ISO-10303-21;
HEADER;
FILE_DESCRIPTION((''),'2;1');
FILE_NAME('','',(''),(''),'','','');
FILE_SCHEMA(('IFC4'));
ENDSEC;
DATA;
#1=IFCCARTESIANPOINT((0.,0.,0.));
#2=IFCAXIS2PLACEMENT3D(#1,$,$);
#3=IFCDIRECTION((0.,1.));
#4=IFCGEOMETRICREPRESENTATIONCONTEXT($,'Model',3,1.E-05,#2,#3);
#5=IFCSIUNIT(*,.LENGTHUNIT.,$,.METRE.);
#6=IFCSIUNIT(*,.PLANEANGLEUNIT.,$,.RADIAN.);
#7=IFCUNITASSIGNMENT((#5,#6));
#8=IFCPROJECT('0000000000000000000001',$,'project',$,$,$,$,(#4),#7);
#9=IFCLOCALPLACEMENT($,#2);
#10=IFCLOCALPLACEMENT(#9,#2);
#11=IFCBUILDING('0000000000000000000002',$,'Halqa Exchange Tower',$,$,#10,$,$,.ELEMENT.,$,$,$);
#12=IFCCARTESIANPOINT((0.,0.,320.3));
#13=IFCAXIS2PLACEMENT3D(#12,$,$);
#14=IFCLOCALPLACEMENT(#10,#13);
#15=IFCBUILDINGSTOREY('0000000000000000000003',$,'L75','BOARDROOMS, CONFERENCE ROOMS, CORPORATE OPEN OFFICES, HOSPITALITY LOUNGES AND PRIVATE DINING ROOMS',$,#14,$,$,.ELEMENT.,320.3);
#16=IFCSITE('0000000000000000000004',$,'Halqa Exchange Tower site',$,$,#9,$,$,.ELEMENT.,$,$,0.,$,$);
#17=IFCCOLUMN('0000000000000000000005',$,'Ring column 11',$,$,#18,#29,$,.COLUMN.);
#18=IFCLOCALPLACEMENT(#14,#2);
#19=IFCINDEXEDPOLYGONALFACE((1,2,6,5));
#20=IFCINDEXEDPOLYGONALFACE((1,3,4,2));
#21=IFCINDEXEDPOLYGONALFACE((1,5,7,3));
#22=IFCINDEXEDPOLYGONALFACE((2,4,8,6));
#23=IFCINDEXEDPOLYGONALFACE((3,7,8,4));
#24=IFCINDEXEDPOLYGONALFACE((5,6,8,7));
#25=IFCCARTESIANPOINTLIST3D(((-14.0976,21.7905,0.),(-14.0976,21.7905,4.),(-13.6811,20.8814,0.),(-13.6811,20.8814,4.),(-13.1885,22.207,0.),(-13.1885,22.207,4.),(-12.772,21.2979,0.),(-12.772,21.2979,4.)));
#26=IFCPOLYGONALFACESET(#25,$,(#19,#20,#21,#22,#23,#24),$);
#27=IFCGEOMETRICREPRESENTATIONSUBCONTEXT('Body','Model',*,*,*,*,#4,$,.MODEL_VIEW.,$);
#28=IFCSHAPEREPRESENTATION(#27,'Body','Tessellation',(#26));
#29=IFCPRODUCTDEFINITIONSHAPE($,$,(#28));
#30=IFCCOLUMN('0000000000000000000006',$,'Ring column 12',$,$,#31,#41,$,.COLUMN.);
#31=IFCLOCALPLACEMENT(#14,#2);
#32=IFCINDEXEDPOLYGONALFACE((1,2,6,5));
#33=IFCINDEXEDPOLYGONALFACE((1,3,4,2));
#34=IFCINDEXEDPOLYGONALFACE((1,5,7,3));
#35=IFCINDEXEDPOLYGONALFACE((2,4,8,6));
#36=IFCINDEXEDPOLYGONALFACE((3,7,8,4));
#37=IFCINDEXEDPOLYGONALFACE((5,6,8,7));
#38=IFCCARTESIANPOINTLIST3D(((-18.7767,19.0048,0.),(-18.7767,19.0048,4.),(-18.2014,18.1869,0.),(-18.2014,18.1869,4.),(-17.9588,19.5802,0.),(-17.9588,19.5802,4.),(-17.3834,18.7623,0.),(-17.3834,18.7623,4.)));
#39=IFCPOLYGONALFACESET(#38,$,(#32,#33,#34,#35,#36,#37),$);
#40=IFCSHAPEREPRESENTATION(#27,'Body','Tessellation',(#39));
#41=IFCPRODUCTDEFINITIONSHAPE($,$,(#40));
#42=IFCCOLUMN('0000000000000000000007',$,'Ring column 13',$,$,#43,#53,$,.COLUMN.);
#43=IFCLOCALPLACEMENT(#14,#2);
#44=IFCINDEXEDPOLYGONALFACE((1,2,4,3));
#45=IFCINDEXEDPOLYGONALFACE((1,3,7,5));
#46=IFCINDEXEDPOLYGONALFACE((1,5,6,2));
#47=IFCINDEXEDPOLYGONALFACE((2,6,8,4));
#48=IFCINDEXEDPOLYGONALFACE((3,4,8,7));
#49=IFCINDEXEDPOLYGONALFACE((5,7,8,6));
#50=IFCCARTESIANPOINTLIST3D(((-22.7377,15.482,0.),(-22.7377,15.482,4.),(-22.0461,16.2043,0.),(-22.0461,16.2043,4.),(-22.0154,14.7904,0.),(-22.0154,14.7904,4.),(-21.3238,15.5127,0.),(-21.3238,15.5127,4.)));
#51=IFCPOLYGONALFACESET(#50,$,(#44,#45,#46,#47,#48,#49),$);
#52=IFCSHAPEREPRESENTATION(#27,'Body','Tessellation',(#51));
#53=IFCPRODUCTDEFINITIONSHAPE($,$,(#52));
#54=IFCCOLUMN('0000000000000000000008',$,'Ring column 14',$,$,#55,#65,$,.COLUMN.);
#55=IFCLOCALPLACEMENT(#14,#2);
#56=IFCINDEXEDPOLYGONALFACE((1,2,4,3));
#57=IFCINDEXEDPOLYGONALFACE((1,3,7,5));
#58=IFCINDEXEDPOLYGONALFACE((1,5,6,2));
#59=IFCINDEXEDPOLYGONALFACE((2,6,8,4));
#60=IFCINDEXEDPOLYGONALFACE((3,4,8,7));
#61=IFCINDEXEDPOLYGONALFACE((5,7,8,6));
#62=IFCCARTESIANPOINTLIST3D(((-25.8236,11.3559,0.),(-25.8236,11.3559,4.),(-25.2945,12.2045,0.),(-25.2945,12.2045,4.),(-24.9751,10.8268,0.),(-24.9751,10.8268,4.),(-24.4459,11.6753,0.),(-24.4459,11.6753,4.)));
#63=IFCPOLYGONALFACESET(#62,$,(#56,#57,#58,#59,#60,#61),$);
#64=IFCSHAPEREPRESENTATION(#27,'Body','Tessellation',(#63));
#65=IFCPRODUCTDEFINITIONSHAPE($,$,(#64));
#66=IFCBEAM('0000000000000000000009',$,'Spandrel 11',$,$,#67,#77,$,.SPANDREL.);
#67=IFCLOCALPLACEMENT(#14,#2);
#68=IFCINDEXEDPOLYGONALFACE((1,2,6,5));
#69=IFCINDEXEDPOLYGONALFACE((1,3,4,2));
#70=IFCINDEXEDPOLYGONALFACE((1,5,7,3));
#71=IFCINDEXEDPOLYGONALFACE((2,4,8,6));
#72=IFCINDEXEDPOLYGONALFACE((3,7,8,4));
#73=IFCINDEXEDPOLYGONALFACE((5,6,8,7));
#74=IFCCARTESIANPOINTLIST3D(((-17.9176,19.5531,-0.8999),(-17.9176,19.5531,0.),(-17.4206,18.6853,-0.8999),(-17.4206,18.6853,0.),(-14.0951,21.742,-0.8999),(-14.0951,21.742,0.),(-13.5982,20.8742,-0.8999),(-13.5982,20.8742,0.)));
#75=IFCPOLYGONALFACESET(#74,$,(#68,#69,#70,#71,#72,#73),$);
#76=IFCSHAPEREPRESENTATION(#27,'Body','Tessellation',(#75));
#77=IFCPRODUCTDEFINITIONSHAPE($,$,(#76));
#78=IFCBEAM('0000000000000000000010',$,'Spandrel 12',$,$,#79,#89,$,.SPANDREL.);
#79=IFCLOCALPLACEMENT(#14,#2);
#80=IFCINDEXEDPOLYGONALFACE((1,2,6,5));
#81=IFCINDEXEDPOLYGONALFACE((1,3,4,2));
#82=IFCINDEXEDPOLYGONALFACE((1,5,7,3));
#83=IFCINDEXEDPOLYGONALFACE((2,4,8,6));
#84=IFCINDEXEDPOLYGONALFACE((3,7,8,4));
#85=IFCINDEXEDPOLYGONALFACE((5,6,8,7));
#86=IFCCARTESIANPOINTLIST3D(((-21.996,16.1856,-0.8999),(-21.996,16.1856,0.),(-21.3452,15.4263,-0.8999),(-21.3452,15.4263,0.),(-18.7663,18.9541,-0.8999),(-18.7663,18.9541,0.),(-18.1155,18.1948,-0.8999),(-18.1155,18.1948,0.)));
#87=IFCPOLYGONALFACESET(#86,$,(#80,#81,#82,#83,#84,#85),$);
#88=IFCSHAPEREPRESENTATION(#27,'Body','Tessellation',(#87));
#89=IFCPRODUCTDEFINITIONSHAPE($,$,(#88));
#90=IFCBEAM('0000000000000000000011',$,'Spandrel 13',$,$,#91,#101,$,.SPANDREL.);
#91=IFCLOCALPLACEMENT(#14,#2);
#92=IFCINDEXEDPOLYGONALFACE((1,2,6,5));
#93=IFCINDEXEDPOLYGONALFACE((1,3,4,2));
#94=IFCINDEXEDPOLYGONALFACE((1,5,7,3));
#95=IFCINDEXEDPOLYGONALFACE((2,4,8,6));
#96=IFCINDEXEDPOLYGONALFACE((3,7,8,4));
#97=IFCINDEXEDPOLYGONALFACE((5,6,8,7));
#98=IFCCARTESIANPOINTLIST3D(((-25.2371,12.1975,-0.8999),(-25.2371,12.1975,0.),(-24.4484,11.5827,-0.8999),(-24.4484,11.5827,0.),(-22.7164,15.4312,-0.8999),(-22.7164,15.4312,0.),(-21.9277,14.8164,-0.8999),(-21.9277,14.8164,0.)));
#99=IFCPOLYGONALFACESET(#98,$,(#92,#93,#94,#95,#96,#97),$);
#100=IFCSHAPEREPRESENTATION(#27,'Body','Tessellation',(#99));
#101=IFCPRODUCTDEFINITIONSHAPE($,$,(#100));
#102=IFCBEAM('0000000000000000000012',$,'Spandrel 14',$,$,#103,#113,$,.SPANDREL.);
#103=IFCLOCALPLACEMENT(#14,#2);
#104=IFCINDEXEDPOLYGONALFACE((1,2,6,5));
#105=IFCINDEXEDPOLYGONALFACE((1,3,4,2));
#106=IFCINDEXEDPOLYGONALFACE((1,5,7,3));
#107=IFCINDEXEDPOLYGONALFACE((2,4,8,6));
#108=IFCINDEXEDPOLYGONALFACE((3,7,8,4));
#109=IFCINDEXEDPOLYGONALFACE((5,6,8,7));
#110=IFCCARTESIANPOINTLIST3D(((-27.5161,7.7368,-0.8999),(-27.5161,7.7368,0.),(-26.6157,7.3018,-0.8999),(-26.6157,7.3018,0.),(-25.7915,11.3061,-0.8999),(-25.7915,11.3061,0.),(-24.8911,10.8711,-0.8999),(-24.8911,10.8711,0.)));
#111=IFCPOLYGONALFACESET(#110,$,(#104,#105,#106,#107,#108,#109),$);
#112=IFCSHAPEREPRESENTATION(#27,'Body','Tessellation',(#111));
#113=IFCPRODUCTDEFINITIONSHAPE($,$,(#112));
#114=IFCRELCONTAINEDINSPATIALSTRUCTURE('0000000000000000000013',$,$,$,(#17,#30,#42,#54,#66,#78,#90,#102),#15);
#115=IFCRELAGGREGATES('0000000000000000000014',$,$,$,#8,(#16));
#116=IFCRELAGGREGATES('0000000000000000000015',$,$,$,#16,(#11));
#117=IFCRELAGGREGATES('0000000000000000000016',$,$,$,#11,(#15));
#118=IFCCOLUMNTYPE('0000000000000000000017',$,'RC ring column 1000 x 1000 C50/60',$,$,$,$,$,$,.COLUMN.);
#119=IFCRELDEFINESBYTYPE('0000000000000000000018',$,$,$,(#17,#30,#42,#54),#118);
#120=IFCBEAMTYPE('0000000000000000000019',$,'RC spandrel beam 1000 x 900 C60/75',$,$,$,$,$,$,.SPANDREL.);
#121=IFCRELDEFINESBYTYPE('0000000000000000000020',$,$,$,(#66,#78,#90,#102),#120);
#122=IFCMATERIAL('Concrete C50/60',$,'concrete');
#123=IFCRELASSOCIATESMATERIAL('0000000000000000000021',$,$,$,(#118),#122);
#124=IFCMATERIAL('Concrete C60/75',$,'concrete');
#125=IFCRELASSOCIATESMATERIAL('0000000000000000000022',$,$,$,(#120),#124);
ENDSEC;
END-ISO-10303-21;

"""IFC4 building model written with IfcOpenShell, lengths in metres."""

from ifc_helpers import new_model, si_unit, direction, frame, origin, origin_2d, place, context, subcontext, project, spatial, rectangle, extrude, material, material_profile, profile_set, type_object, element, save


model = new_model("IFC4")

# Units and contexts
model_context = context("Model", 3, precision=1e-05, world=origin(), true_north=direction((0.0, 1.0)))
body_context = subcontext(model_context, "Body", "Model", "MODEL_VIEW")
ifc_project = project(units=[si_unit("LENGTHUNIT", "METRE"), si_unit("PLANEANGLEUNIT", "RADIAN")], contexts=[model_context])

# Site, building, storey
site_placement = place(None, origin())
site = spatial("IfcSite", under=ifc_project, at=site_placement, Name="Halqa Exchange Tower site", CompositionType="ELEMENT", RefElevation=0.0)
building_placement = place(site_placement, origin())
building = spatial("IfcBuilding", under=site, at=building_placement, Name="Halqa Exchange Tower", CompositionType="ELEMENT")
storey_placement = place(building_placement, frame((0.0, 0.0, 320.3)))
storey = spatial("IfcBuildingStorey", under=building, at=storey_placement, Name="L75", Description="BOARDROOMS, CONFERENCE ROOMS, CORPORATE OPEN OFFICES, HOSPITALITY LOUNGES AND PRIVATE DINING ROOMS", CompositionType="ELEMENT", Elevation=320.3)

# Columns
ifc_material_1 = material(Name="Concrete C50/60", Category="concrete")
ifc_material_profile_1 = material_profile(ifc_material_1, rectangle(XDim=1.0, YDim=1.0, at=origin_2d()), Name="1000 x 1000")
ifc_profile_set_1 = profile_set([ifc_material_profile_1], Name="Concrete C50/60")
column_type = type_object("IfcColumnType", Name="RC ring column 1000 x 1000 C50/60", PredefinedType="COLUMN", material=ifc_profile_set_1)
for number, where, z_axis, x_axis, name in (
    (1, (-13.4348, 21.5442, 0.0), (0.0, 0.0, 1.0), (-0.909129, -0.416516, 0.0), "Ring column 11"),
    (2, (-18.0801, 18.8835, 0.0), (0.0, 0.0, 1.0), (-0.817907, -0.575351, 0.0), "Ring column 12"),
    (3, (-22.0308, 15.4973, 0.0), (0.0, 0.0, 1.0), (-0.691579, -0.722301, 0.0), "Ring column 13"),
    (4, (-25.1348, 11.5156, 0.0), (0.0, 0.0, 1.0), (-0.52914, -0.848534, 0.0), "Ring column 14"),
):
    element("IfcColumn", number, at=place(storey_placement, frame(where, z_axis=z_axis, x_axis=x_axis)), inside=storey, type_object=column_type, Name=name, PredefinedType="COLUMN", context=body_context, shape_type="SweptSolid", body=[
        extrude(rectangle(XDim=1.0, YDim=1.0, at=origin_2d()), origin(), (0.0, 0.0, 1.0), 4.0),
    ])

# Beams
ifc_material_2 = material(Name="Concrete C60/75", Category="concrete")
ifc_material_profile_2 = material_profile(ifc_material_2, rectangle(XDim=1.0, YDim=0.8999, at=origin_2d()), Name="1000 x 900")
ifc_profile_set_2 = profile_set([ifc_material_profile_2], Name="Concrete C60/75")
beam_type = type_object("IfcBeamType", Name="RC spandrel beam 1000 x 900 C60/75", PredefinedType="SPANDREL", material=ifc_profile_set_2)
beam_1_placement = place(storey_placement, frame((-13.8467, 21.3081, -0.45), z_axis=(-0.867786, -0.496939, 0.0), x_axis=(0.496939, -0.867786, 0.0)))
element("IfcBeam", 5, at=beam_1_placement, inside=storey, type_object=beam_type, Name="Spandrel 11", PredefinedType="SPANDREL", context=body_context, shape_type="SweptSolid", body=[
    extrude(rectangle(XDim=1.0, YDim=0.8999, at=origin_2d()), origin(), (0.0, 0.0, 1.0), 4.4048),
])
beam_2_placement = place(storey_placement, frame((-18.4409, 18.5745, -0.45), z_axis=(-0.759232, -0.65082, 0.0), x_axis=(0.65082, -0.759232, 0.0)))
element("IfcBeam", 6, at=beam_2_placement, inside=storey, type_object=beam_type, Name="Spandrel 12", PredefinedType="SPANDREL", context=body_context, shape_type="SweptSolid", body=[
    extrude(rectangle(XDim=1.0, YDim=0.8999, at=origin_2d()), origin(), (0.0, 0.0, 1.0), 4.2539),
])
beam_3_placement = place(storey_placement, frame((-22.322, 15.1238, -0.45), z_axis=(-0.614806, -0.788678, 0.0), x_axis=(0.788678, -0.614806, 0.0)))
element("IfcBeam", 7, at=beam_3_placement, inside=storey, type_object=beam_type, Name="Spandrel 13", PredefinedType="SPANDREL", context=body_context, shape_type="SweptSolid", body=[
    extrude(rectangle(XDim=1.0, YDim=0.8999, at=origin_2d()), origin(), (0.0, 0.0, 1.0), 4.1001),
])
beam_4_placement = place(storey_placement, frame((-25.3413, 11.0886, -0.45), z_axis=(-0.435052, -0.900405, 0.0), x_axis=(0.900405, -0.435052, 0.0)))
element("IfcBeam", 8, at=beam_4_placement, inside=storey, type_object=beam_type, Name="Spandrel 14", PredefinedType="SPANDREL", context=body_context, shape_type="SweptSolid", body=[
    extrude(rectangle(XDim=1.0, YDim=0.8999, at=origin_2d()), origin(), (0.0, 0.0, 1.0), 3.9641),
])

save(model, "model.ifc")
